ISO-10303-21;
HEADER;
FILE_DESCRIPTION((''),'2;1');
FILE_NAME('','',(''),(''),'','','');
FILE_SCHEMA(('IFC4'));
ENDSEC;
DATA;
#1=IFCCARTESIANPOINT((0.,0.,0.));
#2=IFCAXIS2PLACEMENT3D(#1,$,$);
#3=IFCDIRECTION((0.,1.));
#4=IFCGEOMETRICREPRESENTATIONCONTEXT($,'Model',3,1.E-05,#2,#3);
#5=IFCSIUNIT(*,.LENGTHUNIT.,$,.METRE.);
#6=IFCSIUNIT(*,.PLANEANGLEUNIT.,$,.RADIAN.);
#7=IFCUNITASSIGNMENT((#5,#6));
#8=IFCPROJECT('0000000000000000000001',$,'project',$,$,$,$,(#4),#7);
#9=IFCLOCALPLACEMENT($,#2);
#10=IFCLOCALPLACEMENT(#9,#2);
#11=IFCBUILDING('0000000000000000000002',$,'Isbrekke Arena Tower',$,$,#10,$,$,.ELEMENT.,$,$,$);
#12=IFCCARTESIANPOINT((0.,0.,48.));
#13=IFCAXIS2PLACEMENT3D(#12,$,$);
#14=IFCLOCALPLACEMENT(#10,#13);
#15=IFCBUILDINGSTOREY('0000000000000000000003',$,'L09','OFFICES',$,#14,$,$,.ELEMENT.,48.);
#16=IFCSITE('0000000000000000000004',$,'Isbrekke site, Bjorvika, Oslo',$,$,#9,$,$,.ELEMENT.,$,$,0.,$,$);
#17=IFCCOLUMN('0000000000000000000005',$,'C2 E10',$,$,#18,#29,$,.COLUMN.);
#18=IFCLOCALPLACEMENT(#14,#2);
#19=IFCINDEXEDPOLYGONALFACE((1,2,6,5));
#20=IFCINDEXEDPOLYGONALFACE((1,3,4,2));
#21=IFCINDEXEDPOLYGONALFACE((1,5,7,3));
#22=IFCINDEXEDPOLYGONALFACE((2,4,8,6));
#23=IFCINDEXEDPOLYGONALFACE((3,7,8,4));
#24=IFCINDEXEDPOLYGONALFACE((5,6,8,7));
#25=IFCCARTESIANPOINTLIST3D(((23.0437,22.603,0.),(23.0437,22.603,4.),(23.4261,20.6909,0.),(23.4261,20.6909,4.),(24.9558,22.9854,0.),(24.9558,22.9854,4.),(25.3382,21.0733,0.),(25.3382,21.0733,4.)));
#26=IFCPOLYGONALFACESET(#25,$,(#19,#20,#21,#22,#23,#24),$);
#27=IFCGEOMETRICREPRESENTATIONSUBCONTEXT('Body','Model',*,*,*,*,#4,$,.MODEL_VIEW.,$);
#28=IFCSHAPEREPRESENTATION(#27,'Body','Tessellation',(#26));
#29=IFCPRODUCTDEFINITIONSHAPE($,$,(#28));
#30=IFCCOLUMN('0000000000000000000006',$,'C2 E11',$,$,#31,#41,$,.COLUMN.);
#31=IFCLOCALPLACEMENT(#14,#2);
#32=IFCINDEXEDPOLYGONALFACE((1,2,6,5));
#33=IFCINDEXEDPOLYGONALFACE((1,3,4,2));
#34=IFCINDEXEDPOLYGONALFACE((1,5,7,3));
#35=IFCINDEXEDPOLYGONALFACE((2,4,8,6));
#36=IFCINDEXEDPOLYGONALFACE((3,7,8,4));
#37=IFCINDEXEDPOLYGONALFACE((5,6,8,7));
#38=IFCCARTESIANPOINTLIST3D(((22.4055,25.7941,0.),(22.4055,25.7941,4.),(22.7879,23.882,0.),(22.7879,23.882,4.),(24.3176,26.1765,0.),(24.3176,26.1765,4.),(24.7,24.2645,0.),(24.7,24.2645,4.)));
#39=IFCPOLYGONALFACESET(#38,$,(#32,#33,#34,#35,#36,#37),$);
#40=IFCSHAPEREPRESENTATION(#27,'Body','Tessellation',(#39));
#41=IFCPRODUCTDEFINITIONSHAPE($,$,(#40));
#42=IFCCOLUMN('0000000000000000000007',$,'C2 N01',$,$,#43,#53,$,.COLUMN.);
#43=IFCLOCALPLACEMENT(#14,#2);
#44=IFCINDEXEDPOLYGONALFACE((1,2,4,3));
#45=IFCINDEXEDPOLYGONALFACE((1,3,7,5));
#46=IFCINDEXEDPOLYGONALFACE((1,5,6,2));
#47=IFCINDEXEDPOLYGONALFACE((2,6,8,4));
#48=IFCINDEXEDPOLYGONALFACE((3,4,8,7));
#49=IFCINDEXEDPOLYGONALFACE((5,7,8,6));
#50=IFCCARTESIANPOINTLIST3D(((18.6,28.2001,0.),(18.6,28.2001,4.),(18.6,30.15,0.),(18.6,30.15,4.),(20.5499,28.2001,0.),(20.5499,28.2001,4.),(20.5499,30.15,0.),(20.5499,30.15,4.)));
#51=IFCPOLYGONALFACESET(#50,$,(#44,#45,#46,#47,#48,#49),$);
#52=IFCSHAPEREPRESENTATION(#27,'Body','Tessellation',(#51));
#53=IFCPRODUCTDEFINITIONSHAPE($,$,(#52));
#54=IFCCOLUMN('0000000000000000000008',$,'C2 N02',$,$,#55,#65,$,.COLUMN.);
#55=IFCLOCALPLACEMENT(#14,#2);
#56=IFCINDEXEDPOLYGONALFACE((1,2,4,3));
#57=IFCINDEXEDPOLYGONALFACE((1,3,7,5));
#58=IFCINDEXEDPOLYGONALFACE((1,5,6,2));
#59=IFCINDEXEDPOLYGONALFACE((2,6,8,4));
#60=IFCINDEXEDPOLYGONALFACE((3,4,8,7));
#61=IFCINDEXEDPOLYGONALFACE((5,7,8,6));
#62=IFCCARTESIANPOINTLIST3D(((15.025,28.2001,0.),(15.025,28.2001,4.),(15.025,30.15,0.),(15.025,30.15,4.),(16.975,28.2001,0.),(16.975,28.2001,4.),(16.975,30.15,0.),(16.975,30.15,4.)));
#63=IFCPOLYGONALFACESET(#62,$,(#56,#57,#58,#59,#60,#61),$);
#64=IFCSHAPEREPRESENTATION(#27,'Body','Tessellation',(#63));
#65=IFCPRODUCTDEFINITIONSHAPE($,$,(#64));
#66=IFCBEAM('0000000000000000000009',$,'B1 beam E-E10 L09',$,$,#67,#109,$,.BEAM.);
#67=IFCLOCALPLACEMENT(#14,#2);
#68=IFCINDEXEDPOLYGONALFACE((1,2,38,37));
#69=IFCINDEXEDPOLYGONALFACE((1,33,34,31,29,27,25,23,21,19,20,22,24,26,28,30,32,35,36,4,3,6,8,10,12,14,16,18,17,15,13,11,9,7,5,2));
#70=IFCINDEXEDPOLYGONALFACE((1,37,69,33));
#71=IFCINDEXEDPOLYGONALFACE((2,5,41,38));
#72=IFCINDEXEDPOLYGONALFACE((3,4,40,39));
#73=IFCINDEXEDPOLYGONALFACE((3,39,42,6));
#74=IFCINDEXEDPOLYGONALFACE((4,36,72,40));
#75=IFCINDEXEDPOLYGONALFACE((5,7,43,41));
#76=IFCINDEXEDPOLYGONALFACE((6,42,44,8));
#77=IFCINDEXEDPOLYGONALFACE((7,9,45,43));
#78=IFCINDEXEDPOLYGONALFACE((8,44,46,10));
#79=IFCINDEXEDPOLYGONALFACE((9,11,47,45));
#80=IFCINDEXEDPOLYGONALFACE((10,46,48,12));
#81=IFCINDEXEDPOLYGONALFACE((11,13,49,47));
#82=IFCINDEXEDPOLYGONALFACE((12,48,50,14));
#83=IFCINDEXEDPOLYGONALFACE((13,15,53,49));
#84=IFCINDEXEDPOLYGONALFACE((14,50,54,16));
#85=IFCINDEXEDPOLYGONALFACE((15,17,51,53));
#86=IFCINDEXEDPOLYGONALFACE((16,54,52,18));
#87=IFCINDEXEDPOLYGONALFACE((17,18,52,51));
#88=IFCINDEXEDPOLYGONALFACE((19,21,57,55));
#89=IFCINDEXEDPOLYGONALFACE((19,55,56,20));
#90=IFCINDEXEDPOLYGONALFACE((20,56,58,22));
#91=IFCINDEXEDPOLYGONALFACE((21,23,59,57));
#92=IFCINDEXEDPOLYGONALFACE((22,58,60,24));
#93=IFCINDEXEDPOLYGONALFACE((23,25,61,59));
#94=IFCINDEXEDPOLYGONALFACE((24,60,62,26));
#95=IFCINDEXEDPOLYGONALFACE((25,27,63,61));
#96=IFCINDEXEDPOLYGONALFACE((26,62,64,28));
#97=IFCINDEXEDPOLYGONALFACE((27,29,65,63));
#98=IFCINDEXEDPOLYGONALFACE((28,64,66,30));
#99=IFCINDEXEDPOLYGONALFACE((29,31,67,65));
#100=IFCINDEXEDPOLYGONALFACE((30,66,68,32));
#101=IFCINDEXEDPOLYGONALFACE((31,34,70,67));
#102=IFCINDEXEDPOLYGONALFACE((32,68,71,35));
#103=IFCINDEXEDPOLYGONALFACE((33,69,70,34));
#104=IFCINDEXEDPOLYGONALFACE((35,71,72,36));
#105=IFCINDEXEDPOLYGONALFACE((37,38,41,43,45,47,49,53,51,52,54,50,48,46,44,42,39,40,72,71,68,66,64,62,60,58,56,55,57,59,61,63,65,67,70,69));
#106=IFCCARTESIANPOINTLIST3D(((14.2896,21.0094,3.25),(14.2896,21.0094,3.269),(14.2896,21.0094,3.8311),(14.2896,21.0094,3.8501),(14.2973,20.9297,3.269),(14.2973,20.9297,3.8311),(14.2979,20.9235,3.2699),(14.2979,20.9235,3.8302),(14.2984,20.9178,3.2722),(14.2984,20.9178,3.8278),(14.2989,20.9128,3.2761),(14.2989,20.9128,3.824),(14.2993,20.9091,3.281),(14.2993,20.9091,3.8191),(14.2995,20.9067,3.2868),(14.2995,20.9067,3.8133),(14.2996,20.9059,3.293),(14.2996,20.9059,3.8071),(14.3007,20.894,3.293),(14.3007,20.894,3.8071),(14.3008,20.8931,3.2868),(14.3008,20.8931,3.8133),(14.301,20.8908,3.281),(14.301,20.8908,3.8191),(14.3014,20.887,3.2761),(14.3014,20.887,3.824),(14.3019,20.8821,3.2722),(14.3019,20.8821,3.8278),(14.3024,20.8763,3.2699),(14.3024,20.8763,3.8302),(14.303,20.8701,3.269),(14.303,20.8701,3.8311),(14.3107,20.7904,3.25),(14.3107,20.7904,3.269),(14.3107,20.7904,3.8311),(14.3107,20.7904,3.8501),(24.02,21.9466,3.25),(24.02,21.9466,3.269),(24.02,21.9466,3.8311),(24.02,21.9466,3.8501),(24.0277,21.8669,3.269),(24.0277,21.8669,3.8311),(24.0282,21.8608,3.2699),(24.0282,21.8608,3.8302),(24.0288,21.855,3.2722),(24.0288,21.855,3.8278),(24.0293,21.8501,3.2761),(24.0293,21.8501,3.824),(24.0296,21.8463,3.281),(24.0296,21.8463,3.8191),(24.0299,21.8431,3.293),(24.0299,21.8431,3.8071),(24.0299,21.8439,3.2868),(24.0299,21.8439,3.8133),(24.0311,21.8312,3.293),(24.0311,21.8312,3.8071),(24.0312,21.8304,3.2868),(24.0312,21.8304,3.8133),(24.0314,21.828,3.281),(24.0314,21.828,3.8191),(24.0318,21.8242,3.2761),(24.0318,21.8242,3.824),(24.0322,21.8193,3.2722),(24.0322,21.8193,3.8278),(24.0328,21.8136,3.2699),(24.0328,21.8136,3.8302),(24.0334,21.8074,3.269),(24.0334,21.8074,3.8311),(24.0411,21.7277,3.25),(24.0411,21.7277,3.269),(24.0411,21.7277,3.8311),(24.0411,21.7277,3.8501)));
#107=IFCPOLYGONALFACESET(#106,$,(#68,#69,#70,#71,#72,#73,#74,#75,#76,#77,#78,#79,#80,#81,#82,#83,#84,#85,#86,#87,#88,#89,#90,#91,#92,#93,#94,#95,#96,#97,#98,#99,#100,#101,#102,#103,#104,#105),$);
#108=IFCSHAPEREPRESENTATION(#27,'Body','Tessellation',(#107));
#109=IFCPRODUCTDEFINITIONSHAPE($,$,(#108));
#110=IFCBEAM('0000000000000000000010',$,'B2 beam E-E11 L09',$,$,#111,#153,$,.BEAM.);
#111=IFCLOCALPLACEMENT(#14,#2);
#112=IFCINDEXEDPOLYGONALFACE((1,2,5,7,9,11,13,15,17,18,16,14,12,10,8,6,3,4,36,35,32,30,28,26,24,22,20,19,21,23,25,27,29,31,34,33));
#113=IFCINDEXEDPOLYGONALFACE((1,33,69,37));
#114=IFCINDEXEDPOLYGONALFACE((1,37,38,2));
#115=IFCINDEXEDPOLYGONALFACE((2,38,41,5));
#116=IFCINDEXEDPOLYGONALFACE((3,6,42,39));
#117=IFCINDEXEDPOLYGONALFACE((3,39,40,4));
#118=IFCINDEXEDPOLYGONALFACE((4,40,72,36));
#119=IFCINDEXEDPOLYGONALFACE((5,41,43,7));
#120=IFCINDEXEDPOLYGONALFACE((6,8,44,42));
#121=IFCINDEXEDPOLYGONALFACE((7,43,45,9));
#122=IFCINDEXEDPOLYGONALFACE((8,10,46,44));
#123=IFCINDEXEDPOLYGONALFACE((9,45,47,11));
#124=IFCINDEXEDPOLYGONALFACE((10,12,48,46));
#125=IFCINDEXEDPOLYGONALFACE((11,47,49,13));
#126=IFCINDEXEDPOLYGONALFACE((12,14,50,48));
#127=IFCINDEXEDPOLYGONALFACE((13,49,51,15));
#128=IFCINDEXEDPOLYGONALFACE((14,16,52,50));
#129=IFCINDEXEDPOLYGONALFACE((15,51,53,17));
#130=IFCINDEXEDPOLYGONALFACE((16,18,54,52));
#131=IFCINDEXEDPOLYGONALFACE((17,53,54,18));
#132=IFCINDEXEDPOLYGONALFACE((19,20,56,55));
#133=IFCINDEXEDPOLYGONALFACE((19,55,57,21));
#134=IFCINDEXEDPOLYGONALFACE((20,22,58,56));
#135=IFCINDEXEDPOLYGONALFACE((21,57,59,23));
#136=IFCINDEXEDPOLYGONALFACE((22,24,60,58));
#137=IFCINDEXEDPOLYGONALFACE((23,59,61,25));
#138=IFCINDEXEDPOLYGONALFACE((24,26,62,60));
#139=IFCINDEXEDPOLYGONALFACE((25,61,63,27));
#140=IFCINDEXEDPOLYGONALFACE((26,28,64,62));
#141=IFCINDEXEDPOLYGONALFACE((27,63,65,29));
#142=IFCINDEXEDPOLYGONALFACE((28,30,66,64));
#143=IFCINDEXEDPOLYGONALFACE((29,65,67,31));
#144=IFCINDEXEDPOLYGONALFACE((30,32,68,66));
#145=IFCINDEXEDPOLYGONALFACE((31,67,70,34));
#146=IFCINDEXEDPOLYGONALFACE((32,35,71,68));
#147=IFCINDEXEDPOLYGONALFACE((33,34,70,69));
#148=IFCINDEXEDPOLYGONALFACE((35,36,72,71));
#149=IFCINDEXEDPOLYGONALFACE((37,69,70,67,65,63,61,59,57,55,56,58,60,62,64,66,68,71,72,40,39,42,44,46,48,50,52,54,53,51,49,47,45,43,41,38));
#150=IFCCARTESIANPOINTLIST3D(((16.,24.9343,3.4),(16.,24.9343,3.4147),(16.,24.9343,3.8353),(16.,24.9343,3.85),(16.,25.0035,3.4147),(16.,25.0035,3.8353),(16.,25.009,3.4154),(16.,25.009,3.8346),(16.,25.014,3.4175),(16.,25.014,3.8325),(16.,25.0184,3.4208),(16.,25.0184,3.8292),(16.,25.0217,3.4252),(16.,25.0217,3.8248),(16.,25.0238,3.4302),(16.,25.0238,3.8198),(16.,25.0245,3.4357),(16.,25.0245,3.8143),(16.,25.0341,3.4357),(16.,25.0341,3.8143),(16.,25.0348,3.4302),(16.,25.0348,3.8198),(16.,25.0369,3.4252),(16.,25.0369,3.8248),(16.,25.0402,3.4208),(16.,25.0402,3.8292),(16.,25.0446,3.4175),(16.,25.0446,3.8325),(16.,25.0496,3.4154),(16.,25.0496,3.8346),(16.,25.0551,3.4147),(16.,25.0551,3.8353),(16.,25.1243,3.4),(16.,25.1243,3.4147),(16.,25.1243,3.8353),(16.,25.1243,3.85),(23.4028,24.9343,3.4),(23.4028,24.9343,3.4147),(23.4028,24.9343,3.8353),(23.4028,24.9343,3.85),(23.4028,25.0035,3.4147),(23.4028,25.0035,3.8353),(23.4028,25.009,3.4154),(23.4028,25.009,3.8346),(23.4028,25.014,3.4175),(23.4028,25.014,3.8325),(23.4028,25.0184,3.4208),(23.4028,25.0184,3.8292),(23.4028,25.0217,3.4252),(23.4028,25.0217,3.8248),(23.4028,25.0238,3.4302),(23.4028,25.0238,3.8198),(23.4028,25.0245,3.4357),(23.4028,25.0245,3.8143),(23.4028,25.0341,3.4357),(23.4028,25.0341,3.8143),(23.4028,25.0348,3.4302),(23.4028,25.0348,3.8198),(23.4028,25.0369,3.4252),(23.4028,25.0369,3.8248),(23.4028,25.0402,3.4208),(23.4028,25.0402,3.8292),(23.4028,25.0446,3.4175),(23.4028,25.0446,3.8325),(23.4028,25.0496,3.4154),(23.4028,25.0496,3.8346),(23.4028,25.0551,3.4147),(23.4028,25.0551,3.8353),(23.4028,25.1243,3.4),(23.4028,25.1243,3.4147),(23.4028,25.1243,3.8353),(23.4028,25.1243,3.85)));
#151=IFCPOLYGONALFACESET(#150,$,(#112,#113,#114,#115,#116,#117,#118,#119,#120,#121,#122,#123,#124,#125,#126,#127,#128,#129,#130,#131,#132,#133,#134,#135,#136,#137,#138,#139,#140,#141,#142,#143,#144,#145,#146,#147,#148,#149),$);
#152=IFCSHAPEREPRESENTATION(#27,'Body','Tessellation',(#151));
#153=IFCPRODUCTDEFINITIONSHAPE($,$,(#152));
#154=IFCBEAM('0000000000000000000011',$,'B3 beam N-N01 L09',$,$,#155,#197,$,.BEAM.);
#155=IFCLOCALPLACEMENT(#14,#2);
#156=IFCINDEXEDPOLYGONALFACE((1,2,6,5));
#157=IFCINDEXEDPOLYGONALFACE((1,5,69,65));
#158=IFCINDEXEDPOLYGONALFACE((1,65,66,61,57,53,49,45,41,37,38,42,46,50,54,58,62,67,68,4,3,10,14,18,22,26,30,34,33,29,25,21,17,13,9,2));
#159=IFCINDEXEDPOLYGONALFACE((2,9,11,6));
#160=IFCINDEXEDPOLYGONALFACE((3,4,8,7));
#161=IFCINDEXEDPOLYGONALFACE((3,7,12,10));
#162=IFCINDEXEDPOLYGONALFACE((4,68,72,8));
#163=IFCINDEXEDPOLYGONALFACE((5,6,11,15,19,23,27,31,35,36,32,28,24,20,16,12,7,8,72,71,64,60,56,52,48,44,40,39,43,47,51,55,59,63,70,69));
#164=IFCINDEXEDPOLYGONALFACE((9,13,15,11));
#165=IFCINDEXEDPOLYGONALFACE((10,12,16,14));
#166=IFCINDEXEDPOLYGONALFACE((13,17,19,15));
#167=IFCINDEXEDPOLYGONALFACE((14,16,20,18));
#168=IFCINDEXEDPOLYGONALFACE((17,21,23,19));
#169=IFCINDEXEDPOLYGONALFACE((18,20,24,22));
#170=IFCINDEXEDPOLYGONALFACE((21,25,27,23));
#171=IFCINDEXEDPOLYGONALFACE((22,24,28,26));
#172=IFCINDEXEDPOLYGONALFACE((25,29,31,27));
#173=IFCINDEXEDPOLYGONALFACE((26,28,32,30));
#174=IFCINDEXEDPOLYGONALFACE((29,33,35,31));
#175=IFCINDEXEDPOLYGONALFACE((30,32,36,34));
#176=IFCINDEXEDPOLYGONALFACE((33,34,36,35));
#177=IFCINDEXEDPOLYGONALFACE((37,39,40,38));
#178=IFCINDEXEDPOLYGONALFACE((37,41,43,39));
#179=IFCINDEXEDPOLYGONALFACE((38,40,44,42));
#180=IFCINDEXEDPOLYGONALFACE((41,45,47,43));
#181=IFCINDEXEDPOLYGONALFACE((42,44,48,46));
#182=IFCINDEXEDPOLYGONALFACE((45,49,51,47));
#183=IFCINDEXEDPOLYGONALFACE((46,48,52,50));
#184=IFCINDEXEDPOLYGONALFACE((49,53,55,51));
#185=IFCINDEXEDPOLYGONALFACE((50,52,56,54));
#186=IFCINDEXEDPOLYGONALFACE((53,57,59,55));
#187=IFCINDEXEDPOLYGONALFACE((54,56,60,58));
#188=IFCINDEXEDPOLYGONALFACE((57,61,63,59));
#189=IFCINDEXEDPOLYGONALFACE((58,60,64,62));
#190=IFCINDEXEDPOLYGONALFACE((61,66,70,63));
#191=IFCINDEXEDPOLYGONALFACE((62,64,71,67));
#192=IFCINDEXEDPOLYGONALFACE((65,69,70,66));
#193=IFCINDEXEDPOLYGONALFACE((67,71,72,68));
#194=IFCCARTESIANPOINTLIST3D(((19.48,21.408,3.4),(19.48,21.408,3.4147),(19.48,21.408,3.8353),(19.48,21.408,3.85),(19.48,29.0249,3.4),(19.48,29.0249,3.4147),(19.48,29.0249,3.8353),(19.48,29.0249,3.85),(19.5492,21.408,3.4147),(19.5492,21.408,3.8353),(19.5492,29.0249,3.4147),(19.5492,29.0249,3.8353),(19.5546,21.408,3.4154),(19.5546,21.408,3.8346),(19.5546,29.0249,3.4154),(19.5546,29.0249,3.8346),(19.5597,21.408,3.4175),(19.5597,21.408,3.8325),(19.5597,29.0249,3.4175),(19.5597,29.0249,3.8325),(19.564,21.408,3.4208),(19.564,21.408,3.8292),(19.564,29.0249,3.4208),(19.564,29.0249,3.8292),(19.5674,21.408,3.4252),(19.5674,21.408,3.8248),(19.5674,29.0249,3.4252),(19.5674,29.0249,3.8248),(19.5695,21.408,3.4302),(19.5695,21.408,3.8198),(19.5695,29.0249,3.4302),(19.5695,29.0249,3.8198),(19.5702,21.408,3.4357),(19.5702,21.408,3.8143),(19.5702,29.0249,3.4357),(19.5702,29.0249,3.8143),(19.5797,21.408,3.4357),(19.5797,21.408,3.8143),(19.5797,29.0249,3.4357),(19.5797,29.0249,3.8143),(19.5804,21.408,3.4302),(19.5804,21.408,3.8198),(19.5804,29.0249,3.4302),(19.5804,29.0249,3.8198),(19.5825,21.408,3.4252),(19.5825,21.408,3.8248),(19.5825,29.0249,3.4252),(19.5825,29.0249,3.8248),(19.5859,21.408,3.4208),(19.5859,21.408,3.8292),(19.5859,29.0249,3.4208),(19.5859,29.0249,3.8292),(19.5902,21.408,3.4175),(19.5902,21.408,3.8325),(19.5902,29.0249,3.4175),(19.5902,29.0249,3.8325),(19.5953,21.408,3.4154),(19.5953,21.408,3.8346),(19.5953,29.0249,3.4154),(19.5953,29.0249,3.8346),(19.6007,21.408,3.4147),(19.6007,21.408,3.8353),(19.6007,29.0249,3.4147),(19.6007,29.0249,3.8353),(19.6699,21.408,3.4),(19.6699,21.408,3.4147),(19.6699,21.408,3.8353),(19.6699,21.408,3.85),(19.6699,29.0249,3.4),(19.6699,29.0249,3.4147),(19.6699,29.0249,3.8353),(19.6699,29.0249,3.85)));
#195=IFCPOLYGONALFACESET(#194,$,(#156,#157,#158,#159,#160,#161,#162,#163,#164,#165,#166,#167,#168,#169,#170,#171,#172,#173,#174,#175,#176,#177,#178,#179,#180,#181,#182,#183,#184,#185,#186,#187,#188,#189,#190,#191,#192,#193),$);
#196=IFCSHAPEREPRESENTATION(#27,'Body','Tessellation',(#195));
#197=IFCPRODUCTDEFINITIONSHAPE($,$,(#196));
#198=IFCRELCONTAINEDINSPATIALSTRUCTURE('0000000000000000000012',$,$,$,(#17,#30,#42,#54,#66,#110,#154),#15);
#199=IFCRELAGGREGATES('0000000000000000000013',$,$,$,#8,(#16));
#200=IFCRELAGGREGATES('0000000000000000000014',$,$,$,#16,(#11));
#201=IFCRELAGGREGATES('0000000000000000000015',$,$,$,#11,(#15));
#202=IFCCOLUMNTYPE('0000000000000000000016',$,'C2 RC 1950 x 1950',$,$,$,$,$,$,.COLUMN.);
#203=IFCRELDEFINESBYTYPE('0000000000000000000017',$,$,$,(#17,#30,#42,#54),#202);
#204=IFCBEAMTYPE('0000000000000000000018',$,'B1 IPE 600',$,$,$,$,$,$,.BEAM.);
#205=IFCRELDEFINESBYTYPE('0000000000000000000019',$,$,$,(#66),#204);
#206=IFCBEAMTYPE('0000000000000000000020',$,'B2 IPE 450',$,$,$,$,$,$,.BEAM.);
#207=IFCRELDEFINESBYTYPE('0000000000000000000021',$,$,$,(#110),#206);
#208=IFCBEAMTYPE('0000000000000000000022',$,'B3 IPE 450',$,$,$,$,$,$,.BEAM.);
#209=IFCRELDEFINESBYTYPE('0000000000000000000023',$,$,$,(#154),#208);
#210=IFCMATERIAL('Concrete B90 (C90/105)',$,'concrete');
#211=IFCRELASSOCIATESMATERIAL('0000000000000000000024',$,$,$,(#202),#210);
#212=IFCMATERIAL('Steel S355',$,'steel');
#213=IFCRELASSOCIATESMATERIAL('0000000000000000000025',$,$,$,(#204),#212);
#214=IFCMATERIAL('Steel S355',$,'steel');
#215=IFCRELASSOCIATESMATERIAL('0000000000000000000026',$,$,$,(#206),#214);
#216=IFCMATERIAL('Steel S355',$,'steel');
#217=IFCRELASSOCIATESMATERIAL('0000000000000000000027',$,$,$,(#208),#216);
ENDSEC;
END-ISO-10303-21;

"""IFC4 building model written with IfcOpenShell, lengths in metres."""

from ifc_helpers import new_model, si_unit, direction, frame, origin, origin_2d, place, context, subcontext, project, spatial, rectangle, i_section, extrude, material, material_profile, profile_set, type_object, element, save


model = new_model("IFC4")

# Units and contexts
model_context = context("Model", 3, precision=1e-05, world=origin(), true_north=direction((0.0, 1.0)))
body_context = subcontext(model_context, "Body", "Model", "MODEL_VIEW")
ifc_project = project(units=[si_unit("LENGTHUNIT", "METRE"), si_unit("PLANEANGLEUNIT", "RADIAN")], contexts=[model_context])

# Site, building, storey
site_placement = place(None, origin())
site = spatial("IfcSite", under=ifc_project, at=site_placement, Name="Isbrekke site, Bjorvika, Oslo", CompositionType="ELEMENT", RefElevation=0.0)
building_placement = place(site_placement, origin())
building = spatial("IfcBuilding", under=site, at=building_placement, Name="Isbrekke Arena Tower", CompositionType="ELEMENT")
storey_placement = place(building_placement, frame((0.0, 0.0, 48.0)))
storey = spatial("IfcBuildingStorey", under=building, at=storey_placement, Name="L09", Description="OFFICES", CompositionType="ELEMENT", Elevation=48.0)

# Columns
ifc_material_1 = material(Name="Concrete B90 (C90/105)", Category="concrete")
ifc_material_profile_1 = material_profile(ifc_material_1, rectangle(XDim=1.95, YDim=1.95, at=origin_2d()), Name="RC 1950x1950")
ifc_profile_set_1 = profile_set([ifc_material_profile_1], Name="Concrete B90 (C90/105)")
column_type = type_object("IfcColumnType", Name="C2 RC 1950 x 1950", PredefinedType="COLUMN", material=ifc_profile_set_1)
for number, where, z_axis, x_axis, name in (
    (1, (24.1909, 21.8381, 0.0), (0.0, 0.0, 1.0), (-0.196116, 0.980581, 0.0), "C2 E10"),
    (2, (23.5527, 25.0293, 0.0), (0.0, 0.0, 1.0), (-0.196116, 0.980581, 0.0), "C2 E11"),
    (3, (19.575, 29.175, 0.0), (0.0, 0.0, 1.0), (-1.0, 0.0, 0.0), "C2 N01"),
    (4, (16.0, 29.175, 0.0), (0.0, 0.0, 1.0), (-1.0, 0.0, 0.0), "C2 N02"),
):
    element("IfcColumn", number, at=place(storey_placement, frame(where, z_axis=z_axis, x_axis=x_axis)), inside=storey, type_object=column_type, Name=name, PredefinedType="COLUMN", context=body_context, shape_type="SweptSolid", body=[
        extrude(rectangle(XDim=1.95, YDim=1.95, at=origin_2d()), origin(), (0.0, 0.0, 1.0), 4.0),
    ])

# Beams
ifc_material_2 = material(Name="Steel S355", Category="steel")
ifc_material_profile_2 = material_profile(ifc_material_2, i_section(OverallWidth=0.22, OverallDepth=0.6001, WebThickness=0.012, FlangeThickness=0.019, FilletRadius=0.0239, at=origin_2d()), Name="IPE 600")
ifc_profile_set_2 = profile_set([ifc_material_profile_2], Name="Steel S355")
beam_type_1 = type_object("IfcBeamType", Name="B1 IPE 600", PredefinedType="BEAM", material=ifc_profile_set_2)
beam_1_placement = place(storey_placement, frame((24.0305, 21.8372, 3.55), z_axis=(-0.995393, -0.095878, 0.0), x_axis=(0.095878, -0.995393, 0.0)))
element("IfcBeam", 5, at=beam_1_placement, inside=storey, type_object=beam_type_1, Name="B1 beam E-E10 L09", PredefinedType="BEAM", context=body_context, shape_type="SweptSolid", body=[
    extrude(i_section(OverallWidth=0.22, OverallDepth=0.6001, WebThickness=0.012, FlangeThickness=0.019, FilletRadius=0.0239, at=origin_2d()), origin(), (0.0, 0.0, 1.0), 9.7754),
])
ifc_material_3 = material(Name="Steel S355", Category="steel")
ifc_material_profile_3 = material_profile(ifc_material_3, i_section(OverallWidth=0.1899, OverallDepth=0.45, WebThickness=0.0095, FlangeThickness=0.0146, FilletRadius=0.021, at=origin_2d()), Name="IPE 450")
ifc_profile_set_3 = profile_set([ifc_material_profile_3], Name="Steel S355")
beam_type_2 = type_object("IfcBeamType", Name="B2 IPE 450", PredefinedType="BEAM", material=ifc_profile_set_3)
beam_2_placement = place(storey_placement, frame((23.4028, 25.0293, 3.625), z_axis=(-1.0, 0.0, 0.0), x_axis=(0.0, -1.0, 0.0)))
element("IfcBeam", 6, at=beam_2_placement, inside=storey, type_object=beam_type_2, Name="B2 beam E-E11 L09", PredefinedType="BEAM", context=body_context, shape_type="SweptSolid", body=[
    extrude(i_section(OverallWidth=0.1899, OverallDepth=0.45, WebThickness=0.0095, FlangeThickness=0.0146, FilletRadius=0.021, at=origin_2d()), origin(), (0.0, 0.0, 1.0), 7.4028),
])
ifc_material_4 = material(Name="Steel S355", Category="steel")
ifc_material_profile_4 = material_profile(ifc_material_4, i_section(OverallWidth=0.1899, OverallDepth=0.45, WebThickness=0.0095, FlangeThickness=0.0146, FilletRadius=0.021, at=origin_2d()), Name="IPE 450")
ifc_profile_set_4 = profile_set([ifc_material_profile_4], Name="Steel S355")
beam_type_3 = type_object("IfcBeamType", Name="B3 IPE 450", PredefinedType="BEAM", material=ifc_profile_set_4)
beam_3_placement = place(storey_placement, frame((19.575, 29.0249, 3.625), z_axis=(0.0, -1.0, 0.0), x_axis=(1.0, 0.0, 0.0)))
element("IfcBeam", 7, at=beam_3_placement, inside=storey, type_object=beam_type_3, Name="B3 beam N-N01 L09", PredefinedType="BEAM", context=body_context, shape_type="SweptSolid", body=[
    extrude(i_section(OverallWidth=0.1899, OverallDepth=0.45, WebThickness=0.0095, FlangeThickness=0.0146, FilletRadius=0.021, at=origin_2d()), origin(), (0.0, 0.0, 1.0), 7.6169),
])

save(model, "model.ifc")
